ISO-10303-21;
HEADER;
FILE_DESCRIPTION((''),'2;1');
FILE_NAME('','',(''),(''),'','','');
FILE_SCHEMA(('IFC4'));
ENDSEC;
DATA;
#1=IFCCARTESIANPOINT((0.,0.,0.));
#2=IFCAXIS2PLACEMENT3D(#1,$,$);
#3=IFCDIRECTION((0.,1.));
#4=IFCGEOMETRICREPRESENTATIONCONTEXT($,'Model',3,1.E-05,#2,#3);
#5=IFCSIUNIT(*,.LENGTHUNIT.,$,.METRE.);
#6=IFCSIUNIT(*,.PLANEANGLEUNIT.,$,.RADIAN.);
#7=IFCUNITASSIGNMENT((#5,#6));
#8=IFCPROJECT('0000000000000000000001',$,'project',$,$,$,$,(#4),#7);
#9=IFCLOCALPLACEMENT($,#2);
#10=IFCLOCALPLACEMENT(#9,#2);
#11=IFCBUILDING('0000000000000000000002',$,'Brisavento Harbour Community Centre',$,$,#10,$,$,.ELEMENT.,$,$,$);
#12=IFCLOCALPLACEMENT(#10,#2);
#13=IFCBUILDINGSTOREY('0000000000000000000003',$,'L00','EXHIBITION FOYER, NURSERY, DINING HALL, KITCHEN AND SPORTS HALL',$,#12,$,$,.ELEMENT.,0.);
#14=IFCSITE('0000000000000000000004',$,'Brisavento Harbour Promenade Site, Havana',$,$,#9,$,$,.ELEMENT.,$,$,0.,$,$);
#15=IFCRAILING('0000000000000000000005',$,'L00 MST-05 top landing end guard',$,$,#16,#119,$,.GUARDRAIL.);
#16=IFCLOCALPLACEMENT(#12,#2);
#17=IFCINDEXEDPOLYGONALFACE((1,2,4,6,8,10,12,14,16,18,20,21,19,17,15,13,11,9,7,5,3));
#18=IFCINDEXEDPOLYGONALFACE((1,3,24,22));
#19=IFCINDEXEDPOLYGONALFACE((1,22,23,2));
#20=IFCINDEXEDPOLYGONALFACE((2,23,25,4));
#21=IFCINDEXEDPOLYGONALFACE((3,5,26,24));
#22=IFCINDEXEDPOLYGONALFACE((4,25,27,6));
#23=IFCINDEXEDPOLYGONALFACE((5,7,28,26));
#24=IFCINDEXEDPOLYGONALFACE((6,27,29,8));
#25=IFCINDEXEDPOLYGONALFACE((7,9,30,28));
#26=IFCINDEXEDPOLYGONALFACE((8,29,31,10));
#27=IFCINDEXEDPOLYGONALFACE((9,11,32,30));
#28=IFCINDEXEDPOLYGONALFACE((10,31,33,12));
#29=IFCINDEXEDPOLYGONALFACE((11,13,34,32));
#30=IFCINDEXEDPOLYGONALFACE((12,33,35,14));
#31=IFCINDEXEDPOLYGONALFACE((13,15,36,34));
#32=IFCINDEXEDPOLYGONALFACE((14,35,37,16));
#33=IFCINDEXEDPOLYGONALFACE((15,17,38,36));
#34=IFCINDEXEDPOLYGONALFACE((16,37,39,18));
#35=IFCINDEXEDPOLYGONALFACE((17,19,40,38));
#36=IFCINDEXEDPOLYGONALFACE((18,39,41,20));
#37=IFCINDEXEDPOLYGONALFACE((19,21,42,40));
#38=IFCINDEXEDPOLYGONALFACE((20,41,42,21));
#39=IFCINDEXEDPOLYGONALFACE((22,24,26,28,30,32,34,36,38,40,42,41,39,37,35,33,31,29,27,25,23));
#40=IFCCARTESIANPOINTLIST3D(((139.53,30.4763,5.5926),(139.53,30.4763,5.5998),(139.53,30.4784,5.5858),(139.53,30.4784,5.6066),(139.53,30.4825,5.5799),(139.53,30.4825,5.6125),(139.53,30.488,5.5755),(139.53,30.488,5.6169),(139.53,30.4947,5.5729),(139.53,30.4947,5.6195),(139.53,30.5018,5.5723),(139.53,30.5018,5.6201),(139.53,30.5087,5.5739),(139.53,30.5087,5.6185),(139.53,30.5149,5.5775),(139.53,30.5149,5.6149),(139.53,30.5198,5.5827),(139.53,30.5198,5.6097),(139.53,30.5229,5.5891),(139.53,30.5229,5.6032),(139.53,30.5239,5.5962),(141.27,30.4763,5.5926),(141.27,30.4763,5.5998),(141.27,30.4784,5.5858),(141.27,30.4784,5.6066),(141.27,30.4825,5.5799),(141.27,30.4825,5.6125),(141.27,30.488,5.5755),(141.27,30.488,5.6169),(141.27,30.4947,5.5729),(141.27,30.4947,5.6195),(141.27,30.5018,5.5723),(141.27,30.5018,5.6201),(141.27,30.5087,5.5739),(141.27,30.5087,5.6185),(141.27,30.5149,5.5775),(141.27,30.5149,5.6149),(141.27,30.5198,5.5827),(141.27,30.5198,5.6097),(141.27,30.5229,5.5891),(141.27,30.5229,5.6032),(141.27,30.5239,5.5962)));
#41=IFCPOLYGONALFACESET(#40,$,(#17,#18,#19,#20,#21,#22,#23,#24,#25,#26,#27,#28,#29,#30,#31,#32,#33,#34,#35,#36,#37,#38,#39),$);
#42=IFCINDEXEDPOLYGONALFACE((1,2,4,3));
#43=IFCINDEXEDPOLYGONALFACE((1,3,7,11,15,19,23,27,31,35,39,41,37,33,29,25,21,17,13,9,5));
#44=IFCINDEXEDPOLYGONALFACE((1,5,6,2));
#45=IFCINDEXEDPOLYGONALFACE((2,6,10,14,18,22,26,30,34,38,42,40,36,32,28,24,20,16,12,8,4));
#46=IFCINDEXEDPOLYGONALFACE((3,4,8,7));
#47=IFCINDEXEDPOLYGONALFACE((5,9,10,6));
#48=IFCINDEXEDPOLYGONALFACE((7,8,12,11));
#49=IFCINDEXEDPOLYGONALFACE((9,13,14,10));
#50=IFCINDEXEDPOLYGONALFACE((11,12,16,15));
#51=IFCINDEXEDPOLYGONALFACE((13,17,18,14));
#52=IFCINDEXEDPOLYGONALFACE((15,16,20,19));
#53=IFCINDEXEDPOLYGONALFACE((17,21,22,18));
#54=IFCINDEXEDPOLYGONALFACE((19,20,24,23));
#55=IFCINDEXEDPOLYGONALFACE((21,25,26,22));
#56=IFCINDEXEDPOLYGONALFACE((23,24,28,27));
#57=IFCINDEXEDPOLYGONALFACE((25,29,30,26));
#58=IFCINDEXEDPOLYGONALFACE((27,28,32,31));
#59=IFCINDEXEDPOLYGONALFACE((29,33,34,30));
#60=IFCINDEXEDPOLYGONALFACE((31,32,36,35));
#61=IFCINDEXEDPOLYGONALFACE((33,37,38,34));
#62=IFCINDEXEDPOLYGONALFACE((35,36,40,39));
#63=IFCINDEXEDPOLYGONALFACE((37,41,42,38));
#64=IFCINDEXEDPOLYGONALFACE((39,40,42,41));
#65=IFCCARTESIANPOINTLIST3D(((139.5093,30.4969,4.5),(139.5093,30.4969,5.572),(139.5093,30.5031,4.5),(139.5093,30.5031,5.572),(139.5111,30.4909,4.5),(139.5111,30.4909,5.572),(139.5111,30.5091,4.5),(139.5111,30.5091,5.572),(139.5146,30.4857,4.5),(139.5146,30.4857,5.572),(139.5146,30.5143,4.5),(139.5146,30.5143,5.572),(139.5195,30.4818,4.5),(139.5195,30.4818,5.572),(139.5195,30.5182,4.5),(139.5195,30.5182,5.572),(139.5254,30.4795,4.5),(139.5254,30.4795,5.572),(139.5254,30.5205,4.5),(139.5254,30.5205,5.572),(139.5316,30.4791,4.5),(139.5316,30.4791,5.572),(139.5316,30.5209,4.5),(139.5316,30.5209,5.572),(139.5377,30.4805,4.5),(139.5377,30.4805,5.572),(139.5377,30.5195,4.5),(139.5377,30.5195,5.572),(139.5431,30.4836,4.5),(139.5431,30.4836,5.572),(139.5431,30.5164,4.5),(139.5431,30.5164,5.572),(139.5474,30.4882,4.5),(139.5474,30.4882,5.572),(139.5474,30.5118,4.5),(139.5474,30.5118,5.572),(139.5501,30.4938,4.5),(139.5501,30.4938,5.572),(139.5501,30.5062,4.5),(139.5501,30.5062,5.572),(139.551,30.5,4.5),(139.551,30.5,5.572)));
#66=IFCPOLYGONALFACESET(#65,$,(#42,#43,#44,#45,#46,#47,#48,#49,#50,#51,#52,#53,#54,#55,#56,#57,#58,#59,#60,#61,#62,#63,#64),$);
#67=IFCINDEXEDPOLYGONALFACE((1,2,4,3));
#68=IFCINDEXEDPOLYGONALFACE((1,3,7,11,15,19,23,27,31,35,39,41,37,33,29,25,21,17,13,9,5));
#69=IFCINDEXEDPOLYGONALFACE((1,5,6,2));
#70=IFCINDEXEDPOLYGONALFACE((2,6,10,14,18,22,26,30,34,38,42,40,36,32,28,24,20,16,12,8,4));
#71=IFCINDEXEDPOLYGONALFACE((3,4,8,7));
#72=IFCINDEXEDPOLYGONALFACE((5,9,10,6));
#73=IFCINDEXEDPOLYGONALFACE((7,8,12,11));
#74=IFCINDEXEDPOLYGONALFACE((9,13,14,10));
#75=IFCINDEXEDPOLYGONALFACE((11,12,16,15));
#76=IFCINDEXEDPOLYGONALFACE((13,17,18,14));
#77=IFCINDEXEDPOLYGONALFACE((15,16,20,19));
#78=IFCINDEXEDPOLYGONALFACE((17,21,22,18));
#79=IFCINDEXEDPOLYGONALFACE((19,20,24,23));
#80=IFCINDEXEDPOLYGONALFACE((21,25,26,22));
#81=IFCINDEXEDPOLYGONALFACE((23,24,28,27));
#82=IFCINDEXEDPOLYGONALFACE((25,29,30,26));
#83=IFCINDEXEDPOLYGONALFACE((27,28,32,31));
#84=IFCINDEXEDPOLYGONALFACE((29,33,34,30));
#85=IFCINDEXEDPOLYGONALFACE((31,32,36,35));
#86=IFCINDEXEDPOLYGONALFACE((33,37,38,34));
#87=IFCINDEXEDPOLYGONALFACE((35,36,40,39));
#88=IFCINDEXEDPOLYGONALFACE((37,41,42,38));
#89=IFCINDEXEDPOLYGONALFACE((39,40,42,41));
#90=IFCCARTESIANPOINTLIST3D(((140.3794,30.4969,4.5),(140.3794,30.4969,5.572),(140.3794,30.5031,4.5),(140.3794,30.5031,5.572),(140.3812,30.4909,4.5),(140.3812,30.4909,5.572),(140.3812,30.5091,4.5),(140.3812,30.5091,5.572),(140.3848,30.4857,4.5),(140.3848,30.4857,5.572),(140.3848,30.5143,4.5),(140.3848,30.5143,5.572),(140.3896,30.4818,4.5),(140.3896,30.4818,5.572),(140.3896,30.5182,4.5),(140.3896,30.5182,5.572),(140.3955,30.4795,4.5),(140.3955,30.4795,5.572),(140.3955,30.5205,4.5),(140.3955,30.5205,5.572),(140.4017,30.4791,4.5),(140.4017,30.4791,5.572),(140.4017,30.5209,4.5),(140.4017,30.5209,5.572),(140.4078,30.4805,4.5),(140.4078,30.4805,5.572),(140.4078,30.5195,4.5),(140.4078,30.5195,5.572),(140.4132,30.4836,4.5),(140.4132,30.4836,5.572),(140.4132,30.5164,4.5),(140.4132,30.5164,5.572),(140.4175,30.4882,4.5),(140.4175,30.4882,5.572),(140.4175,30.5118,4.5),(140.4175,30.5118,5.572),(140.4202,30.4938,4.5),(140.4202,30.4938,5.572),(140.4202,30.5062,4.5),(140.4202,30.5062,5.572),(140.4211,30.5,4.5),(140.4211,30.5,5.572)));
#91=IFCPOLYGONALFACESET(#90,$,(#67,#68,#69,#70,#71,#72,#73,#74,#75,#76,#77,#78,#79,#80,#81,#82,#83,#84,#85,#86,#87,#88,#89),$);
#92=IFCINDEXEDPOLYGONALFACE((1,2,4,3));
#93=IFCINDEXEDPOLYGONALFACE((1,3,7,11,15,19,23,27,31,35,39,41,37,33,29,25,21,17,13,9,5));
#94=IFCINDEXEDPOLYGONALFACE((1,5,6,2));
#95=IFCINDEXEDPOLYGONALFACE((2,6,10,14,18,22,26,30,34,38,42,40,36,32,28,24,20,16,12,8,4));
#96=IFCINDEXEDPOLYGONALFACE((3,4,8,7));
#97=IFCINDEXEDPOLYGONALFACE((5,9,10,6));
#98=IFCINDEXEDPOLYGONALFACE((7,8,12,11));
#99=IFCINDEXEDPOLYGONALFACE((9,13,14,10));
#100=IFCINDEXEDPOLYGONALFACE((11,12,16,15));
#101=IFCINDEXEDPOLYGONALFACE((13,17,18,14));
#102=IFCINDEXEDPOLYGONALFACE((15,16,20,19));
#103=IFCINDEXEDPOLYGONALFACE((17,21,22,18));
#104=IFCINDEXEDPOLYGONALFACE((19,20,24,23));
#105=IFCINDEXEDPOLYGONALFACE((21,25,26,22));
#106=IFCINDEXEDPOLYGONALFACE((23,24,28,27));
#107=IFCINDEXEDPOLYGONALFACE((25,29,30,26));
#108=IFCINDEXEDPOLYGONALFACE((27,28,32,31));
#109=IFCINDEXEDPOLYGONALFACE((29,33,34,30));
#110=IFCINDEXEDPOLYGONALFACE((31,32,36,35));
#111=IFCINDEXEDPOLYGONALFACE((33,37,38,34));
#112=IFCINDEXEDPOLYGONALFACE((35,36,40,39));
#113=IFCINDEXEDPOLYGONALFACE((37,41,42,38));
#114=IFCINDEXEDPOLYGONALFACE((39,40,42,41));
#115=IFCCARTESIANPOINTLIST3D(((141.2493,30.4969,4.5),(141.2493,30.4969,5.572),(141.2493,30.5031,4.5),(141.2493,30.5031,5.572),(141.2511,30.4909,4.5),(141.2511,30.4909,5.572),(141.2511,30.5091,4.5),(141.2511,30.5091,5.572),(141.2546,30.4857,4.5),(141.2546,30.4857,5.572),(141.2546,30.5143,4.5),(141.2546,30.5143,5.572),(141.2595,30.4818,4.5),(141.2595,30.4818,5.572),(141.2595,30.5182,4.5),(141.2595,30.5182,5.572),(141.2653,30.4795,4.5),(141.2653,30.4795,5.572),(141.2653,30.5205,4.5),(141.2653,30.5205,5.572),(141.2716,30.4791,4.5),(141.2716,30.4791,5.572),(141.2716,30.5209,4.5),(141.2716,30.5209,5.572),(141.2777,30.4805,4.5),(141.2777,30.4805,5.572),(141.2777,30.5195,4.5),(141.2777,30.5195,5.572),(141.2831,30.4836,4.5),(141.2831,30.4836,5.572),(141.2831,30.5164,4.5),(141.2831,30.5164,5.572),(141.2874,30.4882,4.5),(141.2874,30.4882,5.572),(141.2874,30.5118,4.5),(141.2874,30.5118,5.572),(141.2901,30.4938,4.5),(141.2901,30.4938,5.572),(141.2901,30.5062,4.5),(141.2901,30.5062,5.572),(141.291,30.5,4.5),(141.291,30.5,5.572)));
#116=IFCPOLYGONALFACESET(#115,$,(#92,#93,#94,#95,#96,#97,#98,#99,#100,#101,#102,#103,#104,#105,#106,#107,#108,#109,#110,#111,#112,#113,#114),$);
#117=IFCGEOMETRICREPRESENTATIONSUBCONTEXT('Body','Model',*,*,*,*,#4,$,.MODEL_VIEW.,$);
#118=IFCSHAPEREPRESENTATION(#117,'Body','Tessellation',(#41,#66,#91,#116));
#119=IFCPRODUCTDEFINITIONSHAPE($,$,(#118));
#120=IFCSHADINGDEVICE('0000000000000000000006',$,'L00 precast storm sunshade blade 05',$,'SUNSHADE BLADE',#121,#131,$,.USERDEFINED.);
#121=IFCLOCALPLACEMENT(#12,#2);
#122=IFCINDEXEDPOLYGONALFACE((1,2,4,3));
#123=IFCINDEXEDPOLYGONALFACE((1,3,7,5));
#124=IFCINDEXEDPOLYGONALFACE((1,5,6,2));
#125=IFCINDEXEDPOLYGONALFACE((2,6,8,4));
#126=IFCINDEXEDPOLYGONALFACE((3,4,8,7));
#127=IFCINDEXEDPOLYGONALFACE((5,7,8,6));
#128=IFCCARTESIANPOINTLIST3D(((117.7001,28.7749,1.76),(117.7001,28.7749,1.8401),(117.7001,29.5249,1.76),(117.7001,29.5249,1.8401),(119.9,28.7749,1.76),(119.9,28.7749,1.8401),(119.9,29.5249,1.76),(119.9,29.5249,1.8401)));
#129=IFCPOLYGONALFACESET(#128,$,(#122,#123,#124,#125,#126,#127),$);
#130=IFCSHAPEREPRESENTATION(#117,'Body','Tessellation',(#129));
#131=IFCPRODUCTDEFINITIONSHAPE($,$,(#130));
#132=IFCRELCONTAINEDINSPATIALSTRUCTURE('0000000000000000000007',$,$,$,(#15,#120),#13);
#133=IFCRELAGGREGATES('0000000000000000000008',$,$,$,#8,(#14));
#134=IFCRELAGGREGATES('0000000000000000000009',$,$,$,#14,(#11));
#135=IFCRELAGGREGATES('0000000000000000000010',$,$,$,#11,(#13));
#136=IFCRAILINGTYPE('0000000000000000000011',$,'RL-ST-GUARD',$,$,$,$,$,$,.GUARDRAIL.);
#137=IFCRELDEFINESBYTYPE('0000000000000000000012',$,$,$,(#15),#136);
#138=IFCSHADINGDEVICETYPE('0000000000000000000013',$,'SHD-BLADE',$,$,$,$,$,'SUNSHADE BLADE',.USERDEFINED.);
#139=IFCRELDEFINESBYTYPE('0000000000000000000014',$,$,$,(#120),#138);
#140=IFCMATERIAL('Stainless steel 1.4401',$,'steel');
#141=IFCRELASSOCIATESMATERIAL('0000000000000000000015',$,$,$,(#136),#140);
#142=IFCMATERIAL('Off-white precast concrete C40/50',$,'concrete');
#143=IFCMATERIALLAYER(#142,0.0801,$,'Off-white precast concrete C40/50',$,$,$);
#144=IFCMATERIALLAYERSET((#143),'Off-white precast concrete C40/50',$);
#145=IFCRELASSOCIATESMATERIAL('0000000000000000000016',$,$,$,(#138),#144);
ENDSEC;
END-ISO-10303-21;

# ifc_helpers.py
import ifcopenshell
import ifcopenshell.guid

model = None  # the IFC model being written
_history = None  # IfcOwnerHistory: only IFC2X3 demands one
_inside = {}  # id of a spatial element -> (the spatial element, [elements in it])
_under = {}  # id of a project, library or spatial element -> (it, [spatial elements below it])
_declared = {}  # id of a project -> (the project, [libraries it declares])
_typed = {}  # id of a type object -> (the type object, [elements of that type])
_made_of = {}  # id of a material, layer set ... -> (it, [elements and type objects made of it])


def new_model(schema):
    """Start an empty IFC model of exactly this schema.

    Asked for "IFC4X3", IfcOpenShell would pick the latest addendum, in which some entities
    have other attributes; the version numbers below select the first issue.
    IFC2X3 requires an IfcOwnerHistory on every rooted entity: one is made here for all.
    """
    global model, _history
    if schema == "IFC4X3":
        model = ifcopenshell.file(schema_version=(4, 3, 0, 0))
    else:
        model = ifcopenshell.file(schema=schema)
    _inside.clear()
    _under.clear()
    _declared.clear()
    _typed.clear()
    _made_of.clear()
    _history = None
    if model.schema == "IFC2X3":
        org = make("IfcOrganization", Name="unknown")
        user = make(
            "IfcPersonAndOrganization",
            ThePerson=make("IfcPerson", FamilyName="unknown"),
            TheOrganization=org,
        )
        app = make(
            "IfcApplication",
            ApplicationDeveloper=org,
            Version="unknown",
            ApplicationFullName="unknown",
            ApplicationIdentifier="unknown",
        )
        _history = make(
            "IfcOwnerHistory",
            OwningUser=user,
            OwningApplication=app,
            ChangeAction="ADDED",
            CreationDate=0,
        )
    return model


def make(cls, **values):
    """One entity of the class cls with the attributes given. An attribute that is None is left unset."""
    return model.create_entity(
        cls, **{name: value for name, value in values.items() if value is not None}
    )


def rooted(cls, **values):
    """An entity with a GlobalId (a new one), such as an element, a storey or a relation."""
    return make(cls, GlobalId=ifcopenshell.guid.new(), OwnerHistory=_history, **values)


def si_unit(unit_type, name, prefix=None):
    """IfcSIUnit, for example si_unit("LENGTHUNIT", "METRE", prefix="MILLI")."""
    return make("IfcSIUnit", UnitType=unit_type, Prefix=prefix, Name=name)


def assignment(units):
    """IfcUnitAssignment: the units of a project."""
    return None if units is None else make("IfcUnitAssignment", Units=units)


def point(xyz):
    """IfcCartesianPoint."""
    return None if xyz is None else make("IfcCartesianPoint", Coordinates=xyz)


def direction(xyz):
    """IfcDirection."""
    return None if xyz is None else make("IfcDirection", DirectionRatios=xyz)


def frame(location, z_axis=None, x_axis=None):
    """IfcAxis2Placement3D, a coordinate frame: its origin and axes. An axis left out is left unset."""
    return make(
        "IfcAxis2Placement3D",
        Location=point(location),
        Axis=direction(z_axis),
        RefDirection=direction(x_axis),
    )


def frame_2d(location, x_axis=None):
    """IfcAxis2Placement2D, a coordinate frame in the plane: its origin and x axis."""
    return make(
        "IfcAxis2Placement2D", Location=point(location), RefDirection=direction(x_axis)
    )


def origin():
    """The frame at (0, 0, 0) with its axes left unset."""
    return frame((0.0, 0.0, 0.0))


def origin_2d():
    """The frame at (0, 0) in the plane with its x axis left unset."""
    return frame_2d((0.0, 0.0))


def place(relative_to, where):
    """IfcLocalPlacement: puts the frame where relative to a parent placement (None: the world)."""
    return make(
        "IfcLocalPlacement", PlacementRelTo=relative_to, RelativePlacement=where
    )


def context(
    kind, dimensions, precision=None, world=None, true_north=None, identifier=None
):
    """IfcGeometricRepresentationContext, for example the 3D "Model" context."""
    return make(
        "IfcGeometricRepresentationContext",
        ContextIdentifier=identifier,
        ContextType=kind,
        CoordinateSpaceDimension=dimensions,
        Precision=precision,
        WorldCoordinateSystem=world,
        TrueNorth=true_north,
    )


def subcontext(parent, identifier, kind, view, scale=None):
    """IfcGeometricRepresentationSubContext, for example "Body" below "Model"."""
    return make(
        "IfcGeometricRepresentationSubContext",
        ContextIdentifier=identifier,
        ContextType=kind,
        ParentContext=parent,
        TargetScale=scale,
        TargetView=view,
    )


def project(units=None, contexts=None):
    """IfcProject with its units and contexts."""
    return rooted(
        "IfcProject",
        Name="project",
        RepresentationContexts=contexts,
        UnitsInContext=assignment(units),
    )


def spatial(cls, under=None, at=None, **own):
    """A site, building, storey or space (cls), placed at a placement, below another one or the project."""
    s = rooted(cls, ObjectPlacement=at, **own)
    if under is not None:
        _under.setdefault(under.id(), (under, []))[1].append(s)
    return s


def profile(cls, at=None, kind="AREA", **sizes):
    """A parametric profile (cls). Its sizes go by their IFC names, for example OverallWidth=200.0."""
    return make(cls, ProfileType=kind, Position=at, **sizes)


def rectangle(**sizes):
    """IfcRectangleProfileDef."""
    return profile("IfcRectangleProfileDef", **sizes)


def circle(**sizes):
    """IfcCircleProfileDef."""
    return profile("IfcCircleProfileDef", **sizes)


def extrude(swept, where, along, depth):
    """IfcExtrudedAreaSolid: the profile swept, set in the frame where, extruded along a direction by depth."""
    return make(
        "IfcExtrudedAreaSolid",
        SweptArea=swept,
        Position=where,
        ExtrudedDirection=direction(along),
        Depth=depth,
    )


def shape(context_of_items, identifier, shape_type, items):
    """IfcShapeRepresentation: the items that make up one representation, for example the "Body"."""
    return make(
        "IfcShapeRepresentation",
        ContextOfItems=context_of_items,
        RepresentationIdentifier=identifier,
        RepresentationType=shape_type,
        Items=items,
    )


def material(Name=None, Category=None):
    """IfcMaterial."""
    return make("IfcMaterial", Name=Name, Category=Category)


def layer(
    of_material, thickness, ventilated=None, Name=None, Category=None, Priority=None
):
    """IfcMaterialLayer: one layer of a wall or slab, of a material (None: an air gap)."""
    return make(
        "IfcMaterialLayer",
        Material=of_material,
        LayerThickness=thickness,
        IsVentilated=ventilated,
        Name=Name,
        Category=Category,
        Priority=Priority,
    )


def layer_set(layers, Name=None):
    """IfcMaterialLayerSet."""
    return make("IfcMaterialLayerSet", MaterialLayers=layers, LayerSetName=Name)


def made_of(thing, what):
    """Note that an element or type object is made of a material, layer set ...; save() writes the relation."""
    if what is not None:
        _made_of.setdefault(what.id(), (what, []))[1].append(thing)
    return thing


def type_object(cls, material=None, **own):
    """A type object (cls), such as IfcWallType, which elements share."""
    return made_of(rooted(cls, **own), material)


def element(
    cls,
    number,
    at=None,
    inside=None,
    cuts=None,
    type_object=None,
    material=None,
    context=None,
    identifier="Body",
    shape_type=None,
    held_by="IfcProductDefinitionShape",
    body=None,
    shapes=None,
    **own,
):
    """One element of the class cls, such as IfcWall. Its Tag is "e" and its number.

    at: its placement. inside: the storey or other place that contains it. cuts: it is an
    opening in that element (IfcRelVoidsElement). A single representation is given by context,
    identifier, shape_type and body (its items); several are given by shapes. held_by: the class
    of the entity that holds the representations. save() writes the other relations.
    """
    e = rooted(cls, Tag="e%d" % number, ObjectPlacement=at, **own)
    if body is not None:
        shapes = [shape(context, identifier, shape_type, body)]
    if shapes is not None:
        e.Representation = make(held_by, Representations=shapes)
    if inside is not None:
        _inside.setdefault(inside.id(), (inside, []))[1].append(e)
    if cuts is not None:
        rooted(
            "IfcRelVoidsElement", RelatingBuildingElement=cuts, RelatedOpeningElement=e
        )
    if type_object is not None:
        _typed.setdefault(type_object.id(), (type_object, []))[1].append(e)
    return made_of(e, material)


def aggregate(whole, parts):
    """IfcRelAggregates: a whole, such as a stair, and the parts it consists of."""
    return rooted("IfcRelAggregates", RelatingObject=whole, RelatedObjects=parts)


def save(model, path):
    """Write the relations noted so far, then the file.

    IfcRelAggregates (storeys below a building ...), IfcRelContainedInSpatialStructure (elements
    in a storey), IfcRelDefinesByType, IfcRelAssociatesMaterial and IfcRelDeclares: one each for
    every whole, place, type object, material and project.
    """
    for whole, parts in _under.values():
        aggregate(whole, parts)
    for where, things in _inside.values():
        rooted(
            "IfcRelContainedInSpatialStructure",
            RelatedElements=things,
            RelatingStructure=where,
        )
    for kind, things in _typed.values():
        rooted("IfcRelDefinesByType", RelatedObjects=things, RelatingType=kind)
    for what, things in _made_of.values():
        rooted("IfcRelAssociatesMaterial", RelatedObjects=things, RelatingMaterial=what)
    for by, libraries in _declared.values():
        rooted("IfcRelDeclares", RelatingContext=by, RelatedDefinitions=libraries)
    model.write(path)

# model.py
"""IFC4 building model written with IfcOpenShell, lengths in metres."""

from ifc_helpers import new_model, si_unit, direction, frame, origin, origin_2d, place, context, subcontext, project, spatial, rectangle, circle, extrude, material, layer, layer_set, type_object, element, save


model = new_model("IFC4")

# Units and contexts
model_context = context("Model", 3, precision=1e-05, world=origin(), true_north=direction((0.0, 1.0)))
body_context = subcontext(model_context, "Body", "Model", "MODEL_VIEW")
ifc_project = project(units=[si_unit("LENGTHUNIT", "METRE"), si_unit("PLANEANGLEUNIT", "RADIAN")], contexts=[model_context])

# Site, building, storey
site_placement = place(None, origin())
site = spatial("IfcSite", under=ifc_project, at=site_placement, Name="Brisavento Harbour Promenade Site, Havana", CompositionType="ELEMENT", RefElevation=0.0)
building_placement = place(site_placement, origin())
building = spatial("IfcBuilding", under=site, at=building_placement, Name="Brisavento Harbour Community Centre", CompositionType="ELEMENT")
storey_placement = place(building_placement, origin())
storey = spatial("IfcBuildingStorey", under=building, at=storey_placement, Name="L00", Description="EXHIBITION FOYER, NURSERY, DINING HALL, KITCHEN AND SPORTS HALL", CompositionType="ELEMENT", Elevation=0.0)

# Railing
ifc_material_1 = material(Name="Stainless steel 1.4401", Category="steel")
railing_type = type_object("IfcRailingType", Name="RL-ST-GUARD", PredefinedType="GUARDRAIL", material=ifc_material_1)
railing_1_placement = place(storey_placement, frame((139.53, 30.5, 4.5)))
element("IfcRailing", 1, at=railing_1_placement, inside=storey, type_object=railing_type, Name="L00 MST-05 top landing end guard", PredefinedType="GUARDRAIL", context=body_context, shape_type="SweptSolid", body=[
    extrude(circle(Radius=0.0239, at=origin_2d()), frame((0.0, 0.0, 1.0962), z_axis=(1.0, 0.0, 0.0), x_axis=(0.0, 1.0, 0.0)), (0.0, 0.0, 1.0), 1.74),
    extrude(circle(Radius=0.021, at=origin_2d()), origin(), (0.0, 0.0, 1.0), 1.072),
    extrude(circle(Radius=0.021, at=origin_2d()), frame((0.8701, 0.0, 0.0)), (0.0, 0.0, 1.0), 1.072),
    extrude(circle(Radius=0.021, at=origin_2d()), frame((1.74, 0.0, 0.0)), (0.0, 0.0, 1.0), 1.072),
])

# Shading device
ifc_material_2 = material(Name="Off-white precast concrete C40/50", Category="concrete")
ifc_layer = layer(ifc_material_2, 0.0801, Name="Off-white precast concrete C40/50")
ifc_layer_set = layer_set([ifc_layer], Name="Off-white precast concrete C40/50")
shading_device_type = type_object("IfcShadingDeviceType", Name="SHD-BLADE", ElementType="SUNSHADE BLADE", PredefinedType="USERDEFINED", material=ifc_layer_set)
shading_device_placement = place(storey_placement, frame((118.8, 29.1499, 1.76), z_axis=(0.0, 0.0, 1.0), x_axis=(1.0, 0.0, 0.0)))
element("IfcShadingDevice", 2, at=shading_device_placement, inside=storey, type_object=shading_device_type, Name="L00 precast storm sunshade blade 05", ObjectType="SUNSHADE BLADE", PredefinedType="USERDEFINED", context=body_context, shape_type="SweptSolid", body=[
    extrude(rectangle(XDim=2.2, YDim=0.75, at=origin_2d()), origin(), (0.0, 0.0, 1.0), 0.0801),
])

save(model, "model.ifc")
